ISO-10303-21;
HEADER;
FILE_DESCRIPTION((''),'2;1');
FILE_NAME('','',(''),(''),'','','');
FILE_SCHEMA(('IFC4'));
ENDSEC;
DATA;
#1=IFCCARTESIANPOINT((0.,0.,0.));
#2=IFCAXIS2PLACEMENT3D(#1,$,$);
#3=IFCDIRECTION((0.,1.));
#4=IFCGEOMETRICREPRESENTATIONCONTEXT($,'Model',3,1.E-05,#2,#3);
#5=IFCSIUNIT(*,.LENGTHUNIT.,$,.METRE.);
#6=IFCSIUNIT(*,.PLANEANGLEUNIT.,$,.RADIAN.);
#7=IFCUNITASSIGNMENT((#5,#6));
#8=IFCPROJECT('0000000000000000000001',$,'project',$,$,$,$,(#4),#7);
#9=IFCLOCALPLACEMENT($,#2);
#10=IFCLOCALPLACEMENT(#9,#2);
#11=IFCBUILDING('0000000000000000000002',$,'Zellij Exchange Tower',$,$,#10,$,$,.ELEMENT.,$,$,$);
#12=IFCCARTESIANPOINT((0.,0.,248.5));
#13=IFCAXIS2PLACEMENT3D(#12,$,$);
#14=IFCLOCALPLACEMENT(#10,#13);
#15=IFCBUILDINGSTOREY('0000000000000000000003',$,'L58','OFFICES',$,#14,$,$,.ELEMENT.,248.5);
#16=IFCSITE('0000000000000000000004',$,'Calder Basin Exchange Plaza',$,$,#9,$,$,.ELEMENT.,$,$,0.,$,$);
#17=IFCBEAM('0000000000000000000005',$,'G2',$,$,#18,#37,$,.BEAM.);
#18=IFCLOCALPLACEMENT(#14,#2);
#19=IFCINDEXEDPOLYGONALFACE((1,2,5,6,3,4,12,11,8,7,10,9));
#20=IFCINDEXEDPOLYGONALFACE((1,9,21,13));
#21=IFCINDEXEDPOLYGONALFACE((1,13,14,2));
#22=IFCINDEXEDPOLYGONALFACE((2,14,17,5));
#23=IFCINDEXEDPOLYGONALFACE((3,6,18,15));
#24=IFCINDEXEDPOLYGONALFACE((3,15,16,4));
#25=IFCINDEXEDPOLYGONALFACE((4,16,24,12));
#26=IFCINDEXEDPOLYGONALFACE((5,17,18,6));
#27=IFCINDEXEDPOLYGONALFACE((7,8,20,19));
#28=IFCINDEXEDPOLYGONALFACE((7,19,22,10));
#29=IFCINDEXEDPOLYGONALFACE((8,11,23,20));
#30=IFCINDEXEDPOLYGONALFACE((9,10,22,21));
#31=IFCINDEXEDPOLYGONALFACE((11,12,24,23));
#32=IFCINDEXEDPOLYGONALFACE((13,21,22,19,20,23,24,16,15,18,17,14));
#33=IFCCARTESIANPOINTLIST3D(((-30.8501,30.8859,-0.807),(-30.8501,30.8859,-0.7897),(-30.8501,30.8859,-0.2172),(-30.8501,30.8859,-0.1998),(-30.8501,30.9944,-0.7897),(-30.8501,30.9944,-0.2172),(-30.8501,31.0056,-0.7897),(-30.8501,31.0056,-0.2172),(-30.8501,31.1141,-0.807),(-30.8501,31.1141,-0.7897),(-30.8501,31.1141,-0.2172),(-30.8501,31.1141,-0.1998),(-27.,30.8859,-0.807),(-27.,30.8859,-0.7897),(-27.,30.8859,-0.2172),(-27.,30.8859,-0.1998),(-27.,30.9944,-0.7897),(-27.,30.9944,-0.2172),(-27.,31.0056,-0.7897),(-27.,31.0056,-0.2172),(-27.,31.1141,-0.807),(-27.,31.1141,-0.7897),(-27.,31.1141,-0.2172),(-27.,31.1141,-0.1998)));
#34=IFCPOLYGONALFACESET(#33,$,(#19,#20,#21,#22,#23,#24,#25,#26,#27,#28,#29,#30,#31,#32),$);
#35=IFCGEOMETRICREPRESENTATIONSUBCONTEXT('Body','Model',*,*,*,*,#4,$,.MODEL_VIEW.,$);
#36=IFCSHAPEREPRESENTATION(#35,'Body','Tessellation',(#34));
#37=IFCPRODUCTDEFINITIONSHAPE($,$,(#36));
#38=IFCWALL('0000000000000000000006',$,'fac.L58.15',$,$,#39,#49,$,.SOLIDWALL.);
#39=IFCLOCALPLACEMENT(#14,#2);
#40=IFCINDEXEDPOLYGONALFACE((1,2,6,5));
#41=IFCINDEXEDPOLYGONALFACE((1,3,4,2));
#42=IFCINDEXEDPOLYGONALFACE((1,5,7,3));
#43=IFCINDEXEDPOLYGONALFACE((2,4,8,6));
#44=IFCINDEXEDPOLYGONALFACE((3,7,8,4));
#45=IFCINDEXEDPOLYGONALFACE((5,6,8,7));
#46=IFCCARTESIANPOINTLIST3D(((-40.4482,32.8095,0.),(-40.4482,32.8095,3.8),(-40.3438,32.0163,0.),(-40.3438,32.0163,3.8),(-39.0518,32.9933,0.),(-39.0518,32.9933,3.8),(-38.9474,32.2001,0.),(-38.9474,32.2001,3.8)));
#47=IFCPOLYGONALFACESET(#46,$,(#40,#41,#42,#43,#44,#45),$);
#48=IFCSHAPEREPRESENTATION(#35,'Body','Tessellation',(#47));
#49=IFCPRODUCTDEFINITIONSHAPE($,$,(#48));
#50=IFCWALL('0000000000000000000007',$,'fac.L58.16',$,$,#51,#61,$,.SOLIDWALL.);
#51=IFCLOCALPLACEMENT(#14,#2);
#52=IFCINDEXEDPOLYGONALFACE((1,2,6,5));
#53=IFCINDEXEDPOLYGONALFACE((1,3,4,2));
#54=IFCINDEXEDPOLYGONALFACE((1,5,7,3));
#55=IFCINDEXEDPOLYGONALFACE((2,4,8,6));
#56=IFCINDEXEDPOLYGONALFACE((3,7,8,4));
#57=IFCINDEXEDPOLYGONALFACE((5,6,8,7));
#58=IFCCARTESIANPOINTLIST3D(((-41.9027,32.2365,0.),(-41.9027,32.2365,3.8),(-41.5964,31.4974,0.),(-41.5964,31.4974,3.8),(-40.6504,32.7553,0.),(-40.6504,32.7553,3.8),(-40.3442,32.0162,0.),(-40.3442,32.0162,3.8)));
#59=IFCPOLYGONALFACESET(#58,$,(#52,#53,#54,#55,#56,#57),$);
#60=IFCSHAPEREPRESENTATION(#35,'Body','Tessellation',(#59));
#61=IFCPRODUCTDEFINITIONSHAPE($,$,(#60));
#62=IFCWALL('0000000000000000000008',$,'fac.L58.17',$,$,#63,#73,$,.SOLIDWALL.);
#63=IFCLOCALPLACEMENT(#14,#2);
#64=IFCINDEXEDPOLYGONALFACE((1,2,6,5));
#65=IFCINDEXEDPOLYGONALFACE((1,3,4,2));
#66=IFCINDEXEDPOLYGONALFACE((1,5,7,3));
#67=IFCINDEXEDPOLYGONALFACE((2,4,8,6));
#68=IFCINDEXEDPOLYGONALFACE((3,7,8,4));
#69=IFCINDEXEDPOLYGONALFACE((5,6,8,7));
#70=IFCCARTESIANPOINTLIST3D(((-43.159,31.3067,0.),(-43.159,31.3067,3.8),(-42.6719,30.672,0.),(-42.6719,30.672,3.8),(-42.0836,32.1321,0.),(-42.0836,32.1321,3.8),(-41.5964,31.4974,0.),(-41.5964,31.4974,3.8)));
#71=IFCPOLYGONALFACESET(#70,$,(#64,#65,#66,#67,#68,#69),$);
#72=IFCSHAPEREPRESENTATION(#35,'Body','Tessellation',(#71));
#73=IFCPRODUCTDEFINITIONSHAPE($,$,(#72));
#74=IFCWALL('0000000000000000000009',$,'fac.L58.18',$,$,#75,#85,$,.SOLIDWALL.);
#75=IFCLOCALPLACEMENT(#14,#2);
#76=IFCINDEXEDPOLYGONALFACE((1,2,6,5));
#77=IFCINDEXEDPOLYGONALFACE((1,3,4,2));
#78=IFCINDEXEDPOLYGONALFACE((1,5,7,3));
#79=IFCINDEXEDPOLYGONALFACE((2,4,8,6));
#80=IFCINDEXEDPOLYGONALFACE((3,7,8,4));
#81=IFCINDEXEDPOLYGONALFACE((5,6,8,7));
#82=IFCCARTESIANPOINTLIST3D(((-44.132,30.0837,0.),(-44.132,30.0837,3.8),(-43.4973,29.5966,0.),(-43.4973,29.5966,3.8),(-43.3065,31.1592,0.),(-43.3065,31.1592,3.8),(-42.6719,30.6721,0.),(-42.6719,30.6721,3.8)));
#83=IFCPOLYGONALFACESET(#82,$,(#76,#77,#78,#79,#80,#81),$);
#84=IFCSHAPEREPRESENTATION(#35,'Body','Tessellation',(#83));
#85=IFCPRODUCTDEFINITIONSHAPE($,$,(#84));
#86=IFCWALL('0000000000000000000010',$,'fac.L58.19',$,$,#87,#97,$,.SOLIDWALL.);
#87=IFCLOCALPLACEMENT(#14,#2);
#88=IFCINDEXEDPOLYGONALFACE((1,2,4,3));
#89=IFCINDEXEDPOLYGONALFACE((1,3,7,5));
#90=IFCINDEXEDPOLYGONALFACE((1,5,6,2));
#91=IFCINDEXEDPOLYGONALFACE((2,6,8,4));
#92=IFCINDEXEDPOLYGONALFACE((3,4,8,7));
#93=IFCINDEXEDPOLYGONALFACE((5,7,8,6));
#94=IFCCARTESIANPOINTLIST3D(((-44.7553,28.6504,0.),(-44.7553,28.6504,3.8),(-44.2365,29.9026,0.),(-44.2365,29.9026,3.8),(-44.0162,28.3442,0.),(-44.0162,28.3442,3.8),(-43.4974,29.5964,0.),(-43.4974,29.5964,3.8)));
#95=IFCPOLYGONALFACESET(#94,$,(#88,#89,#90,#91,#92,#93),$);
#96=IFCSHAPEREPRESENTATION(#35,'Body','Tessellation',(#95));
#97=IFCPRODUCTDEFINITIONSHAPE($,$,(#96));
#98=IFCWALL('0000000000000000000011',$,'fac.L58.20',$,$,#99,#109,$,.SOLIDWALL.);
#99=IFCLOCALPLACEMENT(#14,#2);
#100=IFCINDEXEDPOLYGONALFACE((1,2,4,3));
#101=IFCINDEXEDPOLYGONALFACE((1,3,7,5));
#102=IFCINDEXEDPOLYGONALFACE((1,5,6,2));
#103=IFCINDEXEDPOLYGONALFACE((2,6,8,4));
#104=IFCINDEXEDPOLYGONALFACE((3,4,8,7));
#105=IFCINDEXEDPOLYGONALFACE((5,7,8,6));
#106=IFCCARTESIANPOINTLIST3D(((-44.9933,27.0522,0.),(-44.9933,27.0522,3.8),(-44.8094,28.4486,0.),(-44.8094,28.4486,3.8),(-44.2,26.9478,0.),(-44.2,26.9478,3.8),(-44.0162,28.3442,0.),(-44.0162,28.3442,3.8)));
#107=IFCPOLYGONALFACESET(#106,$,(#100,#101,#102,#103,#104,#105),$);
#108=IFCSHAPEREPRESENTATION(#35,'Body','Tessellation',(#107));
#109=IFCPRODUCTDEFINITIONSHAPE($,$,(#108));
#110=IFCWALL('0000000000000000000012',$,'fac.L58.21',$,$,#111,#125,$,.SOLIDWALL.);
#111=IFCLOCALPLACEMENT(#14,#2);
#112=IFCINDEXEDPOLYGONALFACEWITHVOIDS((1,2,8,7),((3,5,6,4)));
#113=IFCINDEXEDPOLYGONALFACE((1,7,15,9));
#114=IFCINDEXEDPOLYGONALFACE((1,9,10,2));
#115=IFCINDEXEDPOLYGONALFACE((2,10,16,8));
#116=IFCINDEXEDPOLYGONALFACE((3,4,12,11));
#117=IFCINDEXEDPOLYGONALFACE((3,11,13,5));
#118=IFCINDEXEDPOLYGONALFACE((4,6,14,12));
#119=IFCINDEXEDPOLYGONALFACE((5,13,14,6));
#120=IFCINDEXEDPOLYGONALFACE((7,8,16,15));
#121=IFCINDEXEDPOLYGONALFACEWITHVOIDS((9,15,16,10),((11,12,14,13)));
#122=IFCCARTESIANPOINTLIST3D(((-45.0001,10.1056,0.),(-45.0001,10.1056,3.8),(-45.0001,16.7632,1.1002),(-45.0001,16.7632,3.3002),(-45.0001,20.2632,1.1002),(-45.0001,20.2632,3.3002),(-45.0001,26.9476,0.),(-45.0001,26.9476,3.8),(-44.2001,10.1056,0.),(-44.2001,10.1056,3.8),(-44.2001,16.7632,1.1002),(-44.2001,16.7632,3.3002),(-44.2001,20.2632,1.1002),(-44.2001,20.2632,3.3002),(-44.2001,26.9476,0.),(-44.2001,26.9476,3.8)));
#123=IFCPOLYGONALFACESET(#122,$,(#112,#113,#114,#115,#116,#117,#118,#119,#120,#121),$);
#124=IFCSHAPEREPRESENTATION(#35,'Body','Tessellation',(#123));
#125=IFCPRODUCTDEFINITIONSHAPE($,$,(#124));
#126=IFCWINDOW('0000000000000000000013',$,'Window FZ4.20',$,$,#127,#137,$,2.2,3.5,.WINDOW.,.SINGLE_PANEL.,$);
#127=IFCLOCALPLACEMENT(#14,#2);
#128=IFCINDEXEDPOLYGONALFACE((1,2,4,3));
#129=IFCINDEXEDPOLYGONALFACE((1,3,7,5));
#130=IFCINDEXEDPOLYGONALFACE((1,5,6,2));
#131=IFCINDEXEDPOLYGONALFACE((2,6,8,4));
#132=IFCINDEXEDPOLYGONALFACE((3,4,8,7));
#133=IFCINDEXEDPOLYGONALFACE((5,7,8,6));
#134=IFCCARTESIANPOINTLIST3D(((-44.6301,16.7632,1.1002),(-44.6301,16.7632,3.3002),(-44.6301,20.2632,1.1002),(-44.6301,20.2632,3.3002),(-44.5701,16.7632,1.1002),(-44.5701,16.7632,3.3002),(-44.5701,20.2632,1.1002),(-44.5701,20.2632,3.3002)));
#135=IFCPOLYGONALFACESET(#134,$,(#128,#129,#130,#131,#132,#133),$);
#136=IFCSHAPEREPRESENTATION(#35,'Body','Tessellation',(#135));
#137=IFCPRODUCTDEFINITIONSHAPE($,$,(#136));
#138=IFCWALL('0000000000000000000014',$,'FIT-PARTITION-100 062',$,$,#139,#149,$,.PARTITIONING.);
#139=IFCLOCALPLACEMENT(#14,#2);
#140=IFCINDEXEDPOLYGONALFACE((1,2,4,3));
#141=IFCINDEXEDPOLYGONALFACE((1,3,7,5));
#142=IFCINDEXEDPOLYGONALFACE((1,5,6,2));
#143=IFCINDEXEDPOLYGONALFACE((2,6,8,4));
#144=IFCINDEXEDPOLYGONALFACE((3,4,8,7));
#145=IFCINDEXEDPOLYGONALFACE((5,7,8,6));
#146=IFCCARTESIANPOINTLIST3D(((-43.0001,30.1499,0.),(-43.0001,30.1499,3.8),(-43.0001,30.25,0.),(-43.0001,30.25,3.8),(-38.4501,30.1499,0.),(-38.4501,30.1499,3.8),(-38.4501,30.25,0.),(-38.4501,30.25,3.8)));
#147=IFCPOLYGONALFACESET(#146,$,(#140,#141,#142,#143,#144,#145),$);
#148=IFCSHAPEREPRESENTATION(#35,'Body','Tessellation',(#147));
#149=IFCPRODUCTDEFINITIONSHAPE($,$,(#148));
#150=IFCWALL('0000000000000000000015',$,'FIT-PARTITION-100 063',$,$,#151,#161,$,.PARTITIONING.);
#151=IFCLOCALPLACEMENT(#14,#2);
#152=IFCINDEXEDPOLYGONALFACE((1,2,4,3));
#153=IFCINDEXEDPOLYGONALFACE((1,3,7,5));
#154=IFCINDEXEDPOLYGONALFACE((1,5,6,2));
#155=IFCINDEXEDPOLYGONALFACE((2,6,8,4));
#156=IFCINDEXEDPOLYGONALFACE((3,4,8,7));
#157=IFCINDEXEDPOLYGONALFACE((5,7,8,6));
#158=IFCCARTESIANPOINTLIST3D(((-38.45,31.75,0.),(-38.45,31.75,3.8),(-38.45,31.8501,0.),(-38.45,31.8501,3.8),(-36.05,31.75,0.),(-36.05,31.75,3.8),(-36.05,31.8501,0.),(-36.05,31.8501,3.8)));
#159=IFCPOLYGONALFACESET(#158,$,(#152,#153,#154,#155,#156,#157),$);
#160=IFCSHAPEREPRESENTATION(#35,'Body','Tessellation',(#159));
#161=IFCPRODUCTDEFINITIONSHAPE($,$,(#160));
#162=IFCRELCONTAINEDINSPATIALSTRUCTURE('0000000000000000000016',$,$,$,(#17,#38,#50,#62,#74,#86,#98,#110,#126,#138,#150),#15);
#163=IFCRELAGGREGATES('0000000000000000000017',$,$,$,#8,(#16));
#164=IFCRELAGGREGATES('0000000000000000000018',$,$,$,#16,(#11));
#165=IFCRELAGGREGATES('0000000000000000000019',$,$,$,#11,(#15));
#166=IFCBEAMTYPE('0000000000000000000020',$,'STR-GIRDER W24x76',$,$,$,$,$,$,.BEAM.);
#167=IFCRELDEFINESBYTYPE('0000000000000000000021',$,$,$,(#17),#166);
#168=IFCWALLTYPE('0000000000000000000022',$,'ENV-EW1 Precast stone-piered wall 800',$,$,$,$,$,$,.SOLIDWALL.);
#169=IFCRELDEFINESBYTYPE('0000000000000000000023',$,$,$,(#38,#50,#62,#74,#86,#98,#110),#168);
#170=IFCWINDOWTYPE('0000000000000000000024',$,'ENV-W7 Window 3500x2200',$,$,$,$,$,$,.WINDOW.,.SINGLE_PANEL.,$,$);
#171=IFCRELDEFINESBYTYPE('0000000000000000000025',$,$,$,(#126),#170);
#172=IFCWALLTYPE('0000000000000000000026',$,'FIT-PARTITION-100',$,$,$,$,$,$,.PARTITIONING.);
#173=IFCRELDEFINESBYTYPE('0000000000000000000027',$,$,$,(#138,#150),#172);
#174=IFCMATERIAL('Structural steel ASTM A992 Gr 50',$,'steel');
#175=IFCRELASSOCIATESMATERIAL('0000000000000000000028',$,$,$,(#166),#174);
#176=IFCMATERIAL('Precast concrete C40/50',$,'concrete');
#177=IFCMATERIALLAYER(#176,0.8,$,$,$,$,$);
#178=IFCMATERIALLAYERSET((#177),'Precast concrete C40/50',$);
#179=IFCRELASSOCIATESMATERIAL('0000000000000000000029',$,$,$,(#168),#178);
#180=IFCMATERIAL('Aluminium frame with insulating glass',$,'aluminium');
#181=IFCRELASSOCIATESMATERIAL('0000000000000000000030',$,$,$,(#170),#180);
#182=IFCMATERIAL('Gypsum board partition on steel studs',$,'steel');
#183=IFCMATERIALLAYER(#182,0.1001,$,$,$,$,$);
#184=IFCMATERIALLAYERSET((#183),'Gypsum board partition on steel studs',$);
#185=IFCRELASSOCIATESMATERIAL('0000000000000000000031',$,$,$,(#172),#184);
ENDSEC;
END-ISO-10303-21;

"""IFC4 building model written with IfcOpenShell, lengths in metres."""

from ifc_helpers import new_model, si_unit, direction, frame, frame_2d, origin, origin_2d, place, context, subcontext, project, spatial, rectangle, i_section, extrude, material, layer, layer_set, material_profile, profile_set, type_object, element, fill, save


model = new_model("IFC4")

# Units and contexts
model_context = context("Model", 3, precision=1e-05, world=origin(), true_north=direction((0.0, 1.0)))
body_context = subcontext(model_context, "Body", "Model", "MODEL_VIEW")
ifc_project = project(units=[si_unit("LENGTHUNIT", "METRE"), si_unit("PLANEANGLEUNIT", "RADIAN")], contexts=[model_context])

# Site, building, storey
site_placement = place(None, origin())
site = spatial("IfcSite", under=ifc_project, at=site_placement, Name="Calder Basin Exchange Plaza", CompositionType="ELEMENT", RefElevation=0.0)
building_placement = place(site_placement, origin())
building = spatial("IfcBuilding", under=site, at=building_placement, Name="Zellij Exchange Tower", CompositionType="ELEMENT")
storey_placement = place(building_placement, frame((0.0, 0.0, 248.5)))
storey = spatial("IfcBuildingStorey", under=building, at=storey_placement, Name="L58", Description="OFFICES", CompositionType="ELEMENT", Elevation=248.5)

# Beam
ifc_material_1 = material(Name="Structural steel ASTM A992 Gr 50", Category="steel")
ifc_material_profile_1 = material_profile(ifc_material_1, i_section(OverallWidth=0.2283, OverallDepth=0.6072, WebThickness=0.0112, FlangeThickness=0.0173, at=origin_2d()), Name="W24x76")
ifc_profile_set_1 = profile_set([ifc_material_profile_1], Name="Structural steel ASTM A992 Gr 50")
beam_type_1 = type_object("IfcBeamType", Name="STR-GIRDER W24x76", PredefinedType="BEAM", material=ifc_profile_set_1)
beam_1_placement = place(storey_placement, frame((-30.8501, 31.0, -0.5034), z_axis=(1.0, 0.0, 0.0), x_axis=(0.0, 1.0, 0.0)))
element("IfcBeam", 1, at=beam_1_placement, inside=storey, type_object=beam_type_1, Name="G2", PredefinedType="BEAM", context=body_context, shape_type="SweptSolid", body=[
    extrude(i_section(OverallWidth=0.2283, OverallDepth=0.6072, WebThickness=0.0112, FlangeThickness=0.0173, at=origin_2d()), origin(), (0.0, 0.0, 1.0), 3.8501),
])

# Walls
ifc_material_2 = material(Name="Precast concrete C40/50", Category="concrete")
ifc_layer_1 = layer(ifc_material_2, 0.8)
ifc_layer_set_1 = layer_set([ifc_layer_1], Name="Precast concrete C40/50")
wall_type_1 = type_object("IfcWallType", Name="ENV-EW1 Precast stone-piered wall 800", PredefinedType="SOLIDWALL", material=ifc_layer_set_1)
wall_1_placement = place(storey_placement, frame((-38.9998, 32.5967, 0.0), z_axis=(0.0, 0.0, 1.0), x_axis=(-0.991446, -0.130517, 0.0)))
element("IfcWall", 2, at=wall_1_placement, inside=storey, type_object=wall_type_1, Name="fac.L58.15", PredefinedType="SOLIDWALL", context=body_context, shape_type="SweptSolid", body=[
    extrude(rectangle(XDim=1.4084, YDim=0.8, at=frame_2d((0.7041, 0.0))), origin(), (0.0, 0.0, 1.0), 3.8),
])
wall_2_placement = place(storey_placement, frame((-40.4973, 32.3857, 0.0), z_axis=(0.0, 0.0, 1.0), x_axis=(-0.923848, -0.38276, 0.0)))
element("IfcWall", 3, at=wall_2_placement, inside=storey, type_object=wall_type_1, Name="fac.L58.16", PredefinedType="SOLIDWALL", context=body_context, shape_type="SweptSolid", body=[
    extrude(rectangle(XDim=1.3555, YDim=0.8, at=frame_2d((0.6777, 0.0))), origin(), (0.0, 0.0, 1.0), 3.8),
])
for number, where, z_axis, x_axis, name in (
    (4, (-41.8401, 31.8147, 0.0), (0.0, 0.0, 1.0), (-0.793273, -0.608866, 0.0), "fac.L58.17"),
    (5, (-42.9893, 30.9155, 0.0), (0.0, 0.0, 1.0), (-0.608866, -0.793273, 0.0), "fac.L58.18"),
):
    element("IfcWall", number, at=place(storey_placement, frame(where, z_axis=z_axis, x_axis=x_axis)), inside=storey, type_object=wall_type_1, Name=name, PredefinedType="SOLIDWALL", context=body_context, shape_type="SweptSolid", body=[
        extrude(rectangle(XDim=1.3557, YDim=0.8, at=frame_2d((0.6777, 0.0))), origin(), (0.0, 0.0, 1.0), 3.8),
    ])
wall_3_placement = place(storey_placement, frame((-43.8669, 29.7495, 0.0), z_axis=(0.0, 0.0, 1.0), x_axis=(-0.38276, -0.923848, 0.0)))
element("IfcWall", 6, at=wall_3_placement, inside=storey, type_object=wall_type_1, Name="fac.L58.19", PredefinedType="SOLIDWALL", context=body_context, shape_type="SweptSolid", body=[
    extrude(rectangle(XDim=1.3555, YDim=0.8, at=frame_2d((0.6777, 0.0))), origin(), (0.0, 0.0, 1.0), 3.8),
])
wall_4_placement = place(storey_placement, frame((-44.4128, 28.3962, 0.0), z_axis=(0.0, 0.0, 1.0), x_axis=(-0.130517, -0.991446, 0.0)))
element("IfcWall", 7, at=wall_4_placement, inside=storey, type_object=wall_type_1, Name="fac.L58.20", PredefinedType="SOLIDWALL", context=body_context, shape_type="SweptSolid", body=[
    extrude(rectangle(XDim=1.4084, YDim=0.8, at=frame_2d((0.7041, 0.0))), origin(), (0.0, 0.0, 1.0), 3.8),
])

# Wall, opening, window
wall_5_placement = place(storey_placement, frame((-44.6001, 26.9475, 0.0), z_axis=(0.0, 0.0, 1.0), x_axis=(0.0, -1.0, 0.0)))
wall_5 = element("IfcWall", 8, at=wall_5_placement, inside=storey, type_object=wall_type_1, Name="fac.L58.21", PredefinedType="SOLIDWALL", context=body_context, shape_type="SweptSolid", body=[
    extrude(rectangle(XDim=16.842, YDim=0.8, at=frame_2d((8.4209, 0.0))), origin(), (0.0, 0.0, 1.0), 3.8),
])
opening_placement = place(wall_5_placement, frame((6.6843, 0.0, 1.1001)))
opening = element("IfcOpeningElement", 9, at=opening_placement, cuts=wall_5, PredefinedType="OPENING", context=body_context, shape_type="SweptSolid", body=[
    extrude(rectangle(XDim=3.5, YDim=2.2, at=frame_2d((1.75, 1.1001))), frame((0.0, 0.4121, 0.0), z_axis=(0.0, -1.0, 0.0), x_axis=(1.0, 0.0, 0.0)), (0.0, 0.0, 1.0), 0.824),
])
ifc_material_3 = material(Name="Aluminium frame with insulating glass", Category="aluminium")
window_type = type_object("IfcWindowType", Name="ENV-W7 Window 3500x2200", PartitioningType="SINGLE_PANEL", PredefinedType="WINDOW", material=ifc_material_3)
window_placement = place(opening_placement, origin())
window = element("IfcWindow", 10, at=window_placement, inside=storey, type_object=window_type, Name="Window FZ4.20", OverallHeight=2.2, OverallWidth=3.5, PartitioningType="SINGLE_PANEL", PredefinedType="WINDOW", context=body_context, shape_type="SweptSolid", body=[
    extrude(rectangle(XDim=3.5, YDim=2.2, at=frame_2d((1.75, 1.1001))), frame((0.0, 0.03, 0.0), z_axis=(0.0, -1.0, 0.0), x_axis=(1.0, 0.0, 0.0)), (0.0, 0.0, 1.0), 0.0601),
])
fill(opening, window)

# Walls
ifc_material_4 = material(Name="Gypsum board partition on steel studs", Category="steel")
ifc_layer_2 = layer(ifc_material_4, 0.1001)
ifc_layer_set_2 = layer_set([ifc_layer_2], Name="Gypsum board partition on steel studs")
wall_type_2 = type_object("IfcWallType", Name="FIT-PARTITION-100", PredefinedType="PARTITIONING", material=ifc_layer_set_2)
wall_6_placement = place(storey_placement, frame((-43.0, 30.2, 0.0), z_axis=(0.0, 0.0, 1.0), x_axis=(1.0, 0.0, 0.0)))
element("IfcWall", 11, at=wall_6_placement, inside=storey, type_object=wall_type_2, Name="FIT-PARTITION-100 062", PredefinedType="PARTITIONING", context=body_context, shape_type="SweptSolid", body=[
    extrude(rectangle(XDim=4.55, YDim=0.1001, at=frame_2d((2.2749, 0.0))), origin(), (0.0, 0.0, 1.0), 3.8),
])
wall_7_placement = place(storey_placement, frame((-38.45, 31.8, 0.0), z_axis=(0.0, 0.0, 1.0), x_axis=(1.0, 0.0, 0.0)))
element("IfcWall", 12, at=wall_7_placement, inside=storey, type_object=wall_type_2, Name="FIT-PARTITION-100 063", PredefinedType="PARTITIONING", context=body_context, shape_type="SweptSolid", body=[
    extrude(rectangle(XDim=2.3999, YDim=0.1001, at=frame_2d((1.2, 0.0))), origin(), (0.0, 0.0, 1.0), 3.8),
])

save(model, "model.ifc")
